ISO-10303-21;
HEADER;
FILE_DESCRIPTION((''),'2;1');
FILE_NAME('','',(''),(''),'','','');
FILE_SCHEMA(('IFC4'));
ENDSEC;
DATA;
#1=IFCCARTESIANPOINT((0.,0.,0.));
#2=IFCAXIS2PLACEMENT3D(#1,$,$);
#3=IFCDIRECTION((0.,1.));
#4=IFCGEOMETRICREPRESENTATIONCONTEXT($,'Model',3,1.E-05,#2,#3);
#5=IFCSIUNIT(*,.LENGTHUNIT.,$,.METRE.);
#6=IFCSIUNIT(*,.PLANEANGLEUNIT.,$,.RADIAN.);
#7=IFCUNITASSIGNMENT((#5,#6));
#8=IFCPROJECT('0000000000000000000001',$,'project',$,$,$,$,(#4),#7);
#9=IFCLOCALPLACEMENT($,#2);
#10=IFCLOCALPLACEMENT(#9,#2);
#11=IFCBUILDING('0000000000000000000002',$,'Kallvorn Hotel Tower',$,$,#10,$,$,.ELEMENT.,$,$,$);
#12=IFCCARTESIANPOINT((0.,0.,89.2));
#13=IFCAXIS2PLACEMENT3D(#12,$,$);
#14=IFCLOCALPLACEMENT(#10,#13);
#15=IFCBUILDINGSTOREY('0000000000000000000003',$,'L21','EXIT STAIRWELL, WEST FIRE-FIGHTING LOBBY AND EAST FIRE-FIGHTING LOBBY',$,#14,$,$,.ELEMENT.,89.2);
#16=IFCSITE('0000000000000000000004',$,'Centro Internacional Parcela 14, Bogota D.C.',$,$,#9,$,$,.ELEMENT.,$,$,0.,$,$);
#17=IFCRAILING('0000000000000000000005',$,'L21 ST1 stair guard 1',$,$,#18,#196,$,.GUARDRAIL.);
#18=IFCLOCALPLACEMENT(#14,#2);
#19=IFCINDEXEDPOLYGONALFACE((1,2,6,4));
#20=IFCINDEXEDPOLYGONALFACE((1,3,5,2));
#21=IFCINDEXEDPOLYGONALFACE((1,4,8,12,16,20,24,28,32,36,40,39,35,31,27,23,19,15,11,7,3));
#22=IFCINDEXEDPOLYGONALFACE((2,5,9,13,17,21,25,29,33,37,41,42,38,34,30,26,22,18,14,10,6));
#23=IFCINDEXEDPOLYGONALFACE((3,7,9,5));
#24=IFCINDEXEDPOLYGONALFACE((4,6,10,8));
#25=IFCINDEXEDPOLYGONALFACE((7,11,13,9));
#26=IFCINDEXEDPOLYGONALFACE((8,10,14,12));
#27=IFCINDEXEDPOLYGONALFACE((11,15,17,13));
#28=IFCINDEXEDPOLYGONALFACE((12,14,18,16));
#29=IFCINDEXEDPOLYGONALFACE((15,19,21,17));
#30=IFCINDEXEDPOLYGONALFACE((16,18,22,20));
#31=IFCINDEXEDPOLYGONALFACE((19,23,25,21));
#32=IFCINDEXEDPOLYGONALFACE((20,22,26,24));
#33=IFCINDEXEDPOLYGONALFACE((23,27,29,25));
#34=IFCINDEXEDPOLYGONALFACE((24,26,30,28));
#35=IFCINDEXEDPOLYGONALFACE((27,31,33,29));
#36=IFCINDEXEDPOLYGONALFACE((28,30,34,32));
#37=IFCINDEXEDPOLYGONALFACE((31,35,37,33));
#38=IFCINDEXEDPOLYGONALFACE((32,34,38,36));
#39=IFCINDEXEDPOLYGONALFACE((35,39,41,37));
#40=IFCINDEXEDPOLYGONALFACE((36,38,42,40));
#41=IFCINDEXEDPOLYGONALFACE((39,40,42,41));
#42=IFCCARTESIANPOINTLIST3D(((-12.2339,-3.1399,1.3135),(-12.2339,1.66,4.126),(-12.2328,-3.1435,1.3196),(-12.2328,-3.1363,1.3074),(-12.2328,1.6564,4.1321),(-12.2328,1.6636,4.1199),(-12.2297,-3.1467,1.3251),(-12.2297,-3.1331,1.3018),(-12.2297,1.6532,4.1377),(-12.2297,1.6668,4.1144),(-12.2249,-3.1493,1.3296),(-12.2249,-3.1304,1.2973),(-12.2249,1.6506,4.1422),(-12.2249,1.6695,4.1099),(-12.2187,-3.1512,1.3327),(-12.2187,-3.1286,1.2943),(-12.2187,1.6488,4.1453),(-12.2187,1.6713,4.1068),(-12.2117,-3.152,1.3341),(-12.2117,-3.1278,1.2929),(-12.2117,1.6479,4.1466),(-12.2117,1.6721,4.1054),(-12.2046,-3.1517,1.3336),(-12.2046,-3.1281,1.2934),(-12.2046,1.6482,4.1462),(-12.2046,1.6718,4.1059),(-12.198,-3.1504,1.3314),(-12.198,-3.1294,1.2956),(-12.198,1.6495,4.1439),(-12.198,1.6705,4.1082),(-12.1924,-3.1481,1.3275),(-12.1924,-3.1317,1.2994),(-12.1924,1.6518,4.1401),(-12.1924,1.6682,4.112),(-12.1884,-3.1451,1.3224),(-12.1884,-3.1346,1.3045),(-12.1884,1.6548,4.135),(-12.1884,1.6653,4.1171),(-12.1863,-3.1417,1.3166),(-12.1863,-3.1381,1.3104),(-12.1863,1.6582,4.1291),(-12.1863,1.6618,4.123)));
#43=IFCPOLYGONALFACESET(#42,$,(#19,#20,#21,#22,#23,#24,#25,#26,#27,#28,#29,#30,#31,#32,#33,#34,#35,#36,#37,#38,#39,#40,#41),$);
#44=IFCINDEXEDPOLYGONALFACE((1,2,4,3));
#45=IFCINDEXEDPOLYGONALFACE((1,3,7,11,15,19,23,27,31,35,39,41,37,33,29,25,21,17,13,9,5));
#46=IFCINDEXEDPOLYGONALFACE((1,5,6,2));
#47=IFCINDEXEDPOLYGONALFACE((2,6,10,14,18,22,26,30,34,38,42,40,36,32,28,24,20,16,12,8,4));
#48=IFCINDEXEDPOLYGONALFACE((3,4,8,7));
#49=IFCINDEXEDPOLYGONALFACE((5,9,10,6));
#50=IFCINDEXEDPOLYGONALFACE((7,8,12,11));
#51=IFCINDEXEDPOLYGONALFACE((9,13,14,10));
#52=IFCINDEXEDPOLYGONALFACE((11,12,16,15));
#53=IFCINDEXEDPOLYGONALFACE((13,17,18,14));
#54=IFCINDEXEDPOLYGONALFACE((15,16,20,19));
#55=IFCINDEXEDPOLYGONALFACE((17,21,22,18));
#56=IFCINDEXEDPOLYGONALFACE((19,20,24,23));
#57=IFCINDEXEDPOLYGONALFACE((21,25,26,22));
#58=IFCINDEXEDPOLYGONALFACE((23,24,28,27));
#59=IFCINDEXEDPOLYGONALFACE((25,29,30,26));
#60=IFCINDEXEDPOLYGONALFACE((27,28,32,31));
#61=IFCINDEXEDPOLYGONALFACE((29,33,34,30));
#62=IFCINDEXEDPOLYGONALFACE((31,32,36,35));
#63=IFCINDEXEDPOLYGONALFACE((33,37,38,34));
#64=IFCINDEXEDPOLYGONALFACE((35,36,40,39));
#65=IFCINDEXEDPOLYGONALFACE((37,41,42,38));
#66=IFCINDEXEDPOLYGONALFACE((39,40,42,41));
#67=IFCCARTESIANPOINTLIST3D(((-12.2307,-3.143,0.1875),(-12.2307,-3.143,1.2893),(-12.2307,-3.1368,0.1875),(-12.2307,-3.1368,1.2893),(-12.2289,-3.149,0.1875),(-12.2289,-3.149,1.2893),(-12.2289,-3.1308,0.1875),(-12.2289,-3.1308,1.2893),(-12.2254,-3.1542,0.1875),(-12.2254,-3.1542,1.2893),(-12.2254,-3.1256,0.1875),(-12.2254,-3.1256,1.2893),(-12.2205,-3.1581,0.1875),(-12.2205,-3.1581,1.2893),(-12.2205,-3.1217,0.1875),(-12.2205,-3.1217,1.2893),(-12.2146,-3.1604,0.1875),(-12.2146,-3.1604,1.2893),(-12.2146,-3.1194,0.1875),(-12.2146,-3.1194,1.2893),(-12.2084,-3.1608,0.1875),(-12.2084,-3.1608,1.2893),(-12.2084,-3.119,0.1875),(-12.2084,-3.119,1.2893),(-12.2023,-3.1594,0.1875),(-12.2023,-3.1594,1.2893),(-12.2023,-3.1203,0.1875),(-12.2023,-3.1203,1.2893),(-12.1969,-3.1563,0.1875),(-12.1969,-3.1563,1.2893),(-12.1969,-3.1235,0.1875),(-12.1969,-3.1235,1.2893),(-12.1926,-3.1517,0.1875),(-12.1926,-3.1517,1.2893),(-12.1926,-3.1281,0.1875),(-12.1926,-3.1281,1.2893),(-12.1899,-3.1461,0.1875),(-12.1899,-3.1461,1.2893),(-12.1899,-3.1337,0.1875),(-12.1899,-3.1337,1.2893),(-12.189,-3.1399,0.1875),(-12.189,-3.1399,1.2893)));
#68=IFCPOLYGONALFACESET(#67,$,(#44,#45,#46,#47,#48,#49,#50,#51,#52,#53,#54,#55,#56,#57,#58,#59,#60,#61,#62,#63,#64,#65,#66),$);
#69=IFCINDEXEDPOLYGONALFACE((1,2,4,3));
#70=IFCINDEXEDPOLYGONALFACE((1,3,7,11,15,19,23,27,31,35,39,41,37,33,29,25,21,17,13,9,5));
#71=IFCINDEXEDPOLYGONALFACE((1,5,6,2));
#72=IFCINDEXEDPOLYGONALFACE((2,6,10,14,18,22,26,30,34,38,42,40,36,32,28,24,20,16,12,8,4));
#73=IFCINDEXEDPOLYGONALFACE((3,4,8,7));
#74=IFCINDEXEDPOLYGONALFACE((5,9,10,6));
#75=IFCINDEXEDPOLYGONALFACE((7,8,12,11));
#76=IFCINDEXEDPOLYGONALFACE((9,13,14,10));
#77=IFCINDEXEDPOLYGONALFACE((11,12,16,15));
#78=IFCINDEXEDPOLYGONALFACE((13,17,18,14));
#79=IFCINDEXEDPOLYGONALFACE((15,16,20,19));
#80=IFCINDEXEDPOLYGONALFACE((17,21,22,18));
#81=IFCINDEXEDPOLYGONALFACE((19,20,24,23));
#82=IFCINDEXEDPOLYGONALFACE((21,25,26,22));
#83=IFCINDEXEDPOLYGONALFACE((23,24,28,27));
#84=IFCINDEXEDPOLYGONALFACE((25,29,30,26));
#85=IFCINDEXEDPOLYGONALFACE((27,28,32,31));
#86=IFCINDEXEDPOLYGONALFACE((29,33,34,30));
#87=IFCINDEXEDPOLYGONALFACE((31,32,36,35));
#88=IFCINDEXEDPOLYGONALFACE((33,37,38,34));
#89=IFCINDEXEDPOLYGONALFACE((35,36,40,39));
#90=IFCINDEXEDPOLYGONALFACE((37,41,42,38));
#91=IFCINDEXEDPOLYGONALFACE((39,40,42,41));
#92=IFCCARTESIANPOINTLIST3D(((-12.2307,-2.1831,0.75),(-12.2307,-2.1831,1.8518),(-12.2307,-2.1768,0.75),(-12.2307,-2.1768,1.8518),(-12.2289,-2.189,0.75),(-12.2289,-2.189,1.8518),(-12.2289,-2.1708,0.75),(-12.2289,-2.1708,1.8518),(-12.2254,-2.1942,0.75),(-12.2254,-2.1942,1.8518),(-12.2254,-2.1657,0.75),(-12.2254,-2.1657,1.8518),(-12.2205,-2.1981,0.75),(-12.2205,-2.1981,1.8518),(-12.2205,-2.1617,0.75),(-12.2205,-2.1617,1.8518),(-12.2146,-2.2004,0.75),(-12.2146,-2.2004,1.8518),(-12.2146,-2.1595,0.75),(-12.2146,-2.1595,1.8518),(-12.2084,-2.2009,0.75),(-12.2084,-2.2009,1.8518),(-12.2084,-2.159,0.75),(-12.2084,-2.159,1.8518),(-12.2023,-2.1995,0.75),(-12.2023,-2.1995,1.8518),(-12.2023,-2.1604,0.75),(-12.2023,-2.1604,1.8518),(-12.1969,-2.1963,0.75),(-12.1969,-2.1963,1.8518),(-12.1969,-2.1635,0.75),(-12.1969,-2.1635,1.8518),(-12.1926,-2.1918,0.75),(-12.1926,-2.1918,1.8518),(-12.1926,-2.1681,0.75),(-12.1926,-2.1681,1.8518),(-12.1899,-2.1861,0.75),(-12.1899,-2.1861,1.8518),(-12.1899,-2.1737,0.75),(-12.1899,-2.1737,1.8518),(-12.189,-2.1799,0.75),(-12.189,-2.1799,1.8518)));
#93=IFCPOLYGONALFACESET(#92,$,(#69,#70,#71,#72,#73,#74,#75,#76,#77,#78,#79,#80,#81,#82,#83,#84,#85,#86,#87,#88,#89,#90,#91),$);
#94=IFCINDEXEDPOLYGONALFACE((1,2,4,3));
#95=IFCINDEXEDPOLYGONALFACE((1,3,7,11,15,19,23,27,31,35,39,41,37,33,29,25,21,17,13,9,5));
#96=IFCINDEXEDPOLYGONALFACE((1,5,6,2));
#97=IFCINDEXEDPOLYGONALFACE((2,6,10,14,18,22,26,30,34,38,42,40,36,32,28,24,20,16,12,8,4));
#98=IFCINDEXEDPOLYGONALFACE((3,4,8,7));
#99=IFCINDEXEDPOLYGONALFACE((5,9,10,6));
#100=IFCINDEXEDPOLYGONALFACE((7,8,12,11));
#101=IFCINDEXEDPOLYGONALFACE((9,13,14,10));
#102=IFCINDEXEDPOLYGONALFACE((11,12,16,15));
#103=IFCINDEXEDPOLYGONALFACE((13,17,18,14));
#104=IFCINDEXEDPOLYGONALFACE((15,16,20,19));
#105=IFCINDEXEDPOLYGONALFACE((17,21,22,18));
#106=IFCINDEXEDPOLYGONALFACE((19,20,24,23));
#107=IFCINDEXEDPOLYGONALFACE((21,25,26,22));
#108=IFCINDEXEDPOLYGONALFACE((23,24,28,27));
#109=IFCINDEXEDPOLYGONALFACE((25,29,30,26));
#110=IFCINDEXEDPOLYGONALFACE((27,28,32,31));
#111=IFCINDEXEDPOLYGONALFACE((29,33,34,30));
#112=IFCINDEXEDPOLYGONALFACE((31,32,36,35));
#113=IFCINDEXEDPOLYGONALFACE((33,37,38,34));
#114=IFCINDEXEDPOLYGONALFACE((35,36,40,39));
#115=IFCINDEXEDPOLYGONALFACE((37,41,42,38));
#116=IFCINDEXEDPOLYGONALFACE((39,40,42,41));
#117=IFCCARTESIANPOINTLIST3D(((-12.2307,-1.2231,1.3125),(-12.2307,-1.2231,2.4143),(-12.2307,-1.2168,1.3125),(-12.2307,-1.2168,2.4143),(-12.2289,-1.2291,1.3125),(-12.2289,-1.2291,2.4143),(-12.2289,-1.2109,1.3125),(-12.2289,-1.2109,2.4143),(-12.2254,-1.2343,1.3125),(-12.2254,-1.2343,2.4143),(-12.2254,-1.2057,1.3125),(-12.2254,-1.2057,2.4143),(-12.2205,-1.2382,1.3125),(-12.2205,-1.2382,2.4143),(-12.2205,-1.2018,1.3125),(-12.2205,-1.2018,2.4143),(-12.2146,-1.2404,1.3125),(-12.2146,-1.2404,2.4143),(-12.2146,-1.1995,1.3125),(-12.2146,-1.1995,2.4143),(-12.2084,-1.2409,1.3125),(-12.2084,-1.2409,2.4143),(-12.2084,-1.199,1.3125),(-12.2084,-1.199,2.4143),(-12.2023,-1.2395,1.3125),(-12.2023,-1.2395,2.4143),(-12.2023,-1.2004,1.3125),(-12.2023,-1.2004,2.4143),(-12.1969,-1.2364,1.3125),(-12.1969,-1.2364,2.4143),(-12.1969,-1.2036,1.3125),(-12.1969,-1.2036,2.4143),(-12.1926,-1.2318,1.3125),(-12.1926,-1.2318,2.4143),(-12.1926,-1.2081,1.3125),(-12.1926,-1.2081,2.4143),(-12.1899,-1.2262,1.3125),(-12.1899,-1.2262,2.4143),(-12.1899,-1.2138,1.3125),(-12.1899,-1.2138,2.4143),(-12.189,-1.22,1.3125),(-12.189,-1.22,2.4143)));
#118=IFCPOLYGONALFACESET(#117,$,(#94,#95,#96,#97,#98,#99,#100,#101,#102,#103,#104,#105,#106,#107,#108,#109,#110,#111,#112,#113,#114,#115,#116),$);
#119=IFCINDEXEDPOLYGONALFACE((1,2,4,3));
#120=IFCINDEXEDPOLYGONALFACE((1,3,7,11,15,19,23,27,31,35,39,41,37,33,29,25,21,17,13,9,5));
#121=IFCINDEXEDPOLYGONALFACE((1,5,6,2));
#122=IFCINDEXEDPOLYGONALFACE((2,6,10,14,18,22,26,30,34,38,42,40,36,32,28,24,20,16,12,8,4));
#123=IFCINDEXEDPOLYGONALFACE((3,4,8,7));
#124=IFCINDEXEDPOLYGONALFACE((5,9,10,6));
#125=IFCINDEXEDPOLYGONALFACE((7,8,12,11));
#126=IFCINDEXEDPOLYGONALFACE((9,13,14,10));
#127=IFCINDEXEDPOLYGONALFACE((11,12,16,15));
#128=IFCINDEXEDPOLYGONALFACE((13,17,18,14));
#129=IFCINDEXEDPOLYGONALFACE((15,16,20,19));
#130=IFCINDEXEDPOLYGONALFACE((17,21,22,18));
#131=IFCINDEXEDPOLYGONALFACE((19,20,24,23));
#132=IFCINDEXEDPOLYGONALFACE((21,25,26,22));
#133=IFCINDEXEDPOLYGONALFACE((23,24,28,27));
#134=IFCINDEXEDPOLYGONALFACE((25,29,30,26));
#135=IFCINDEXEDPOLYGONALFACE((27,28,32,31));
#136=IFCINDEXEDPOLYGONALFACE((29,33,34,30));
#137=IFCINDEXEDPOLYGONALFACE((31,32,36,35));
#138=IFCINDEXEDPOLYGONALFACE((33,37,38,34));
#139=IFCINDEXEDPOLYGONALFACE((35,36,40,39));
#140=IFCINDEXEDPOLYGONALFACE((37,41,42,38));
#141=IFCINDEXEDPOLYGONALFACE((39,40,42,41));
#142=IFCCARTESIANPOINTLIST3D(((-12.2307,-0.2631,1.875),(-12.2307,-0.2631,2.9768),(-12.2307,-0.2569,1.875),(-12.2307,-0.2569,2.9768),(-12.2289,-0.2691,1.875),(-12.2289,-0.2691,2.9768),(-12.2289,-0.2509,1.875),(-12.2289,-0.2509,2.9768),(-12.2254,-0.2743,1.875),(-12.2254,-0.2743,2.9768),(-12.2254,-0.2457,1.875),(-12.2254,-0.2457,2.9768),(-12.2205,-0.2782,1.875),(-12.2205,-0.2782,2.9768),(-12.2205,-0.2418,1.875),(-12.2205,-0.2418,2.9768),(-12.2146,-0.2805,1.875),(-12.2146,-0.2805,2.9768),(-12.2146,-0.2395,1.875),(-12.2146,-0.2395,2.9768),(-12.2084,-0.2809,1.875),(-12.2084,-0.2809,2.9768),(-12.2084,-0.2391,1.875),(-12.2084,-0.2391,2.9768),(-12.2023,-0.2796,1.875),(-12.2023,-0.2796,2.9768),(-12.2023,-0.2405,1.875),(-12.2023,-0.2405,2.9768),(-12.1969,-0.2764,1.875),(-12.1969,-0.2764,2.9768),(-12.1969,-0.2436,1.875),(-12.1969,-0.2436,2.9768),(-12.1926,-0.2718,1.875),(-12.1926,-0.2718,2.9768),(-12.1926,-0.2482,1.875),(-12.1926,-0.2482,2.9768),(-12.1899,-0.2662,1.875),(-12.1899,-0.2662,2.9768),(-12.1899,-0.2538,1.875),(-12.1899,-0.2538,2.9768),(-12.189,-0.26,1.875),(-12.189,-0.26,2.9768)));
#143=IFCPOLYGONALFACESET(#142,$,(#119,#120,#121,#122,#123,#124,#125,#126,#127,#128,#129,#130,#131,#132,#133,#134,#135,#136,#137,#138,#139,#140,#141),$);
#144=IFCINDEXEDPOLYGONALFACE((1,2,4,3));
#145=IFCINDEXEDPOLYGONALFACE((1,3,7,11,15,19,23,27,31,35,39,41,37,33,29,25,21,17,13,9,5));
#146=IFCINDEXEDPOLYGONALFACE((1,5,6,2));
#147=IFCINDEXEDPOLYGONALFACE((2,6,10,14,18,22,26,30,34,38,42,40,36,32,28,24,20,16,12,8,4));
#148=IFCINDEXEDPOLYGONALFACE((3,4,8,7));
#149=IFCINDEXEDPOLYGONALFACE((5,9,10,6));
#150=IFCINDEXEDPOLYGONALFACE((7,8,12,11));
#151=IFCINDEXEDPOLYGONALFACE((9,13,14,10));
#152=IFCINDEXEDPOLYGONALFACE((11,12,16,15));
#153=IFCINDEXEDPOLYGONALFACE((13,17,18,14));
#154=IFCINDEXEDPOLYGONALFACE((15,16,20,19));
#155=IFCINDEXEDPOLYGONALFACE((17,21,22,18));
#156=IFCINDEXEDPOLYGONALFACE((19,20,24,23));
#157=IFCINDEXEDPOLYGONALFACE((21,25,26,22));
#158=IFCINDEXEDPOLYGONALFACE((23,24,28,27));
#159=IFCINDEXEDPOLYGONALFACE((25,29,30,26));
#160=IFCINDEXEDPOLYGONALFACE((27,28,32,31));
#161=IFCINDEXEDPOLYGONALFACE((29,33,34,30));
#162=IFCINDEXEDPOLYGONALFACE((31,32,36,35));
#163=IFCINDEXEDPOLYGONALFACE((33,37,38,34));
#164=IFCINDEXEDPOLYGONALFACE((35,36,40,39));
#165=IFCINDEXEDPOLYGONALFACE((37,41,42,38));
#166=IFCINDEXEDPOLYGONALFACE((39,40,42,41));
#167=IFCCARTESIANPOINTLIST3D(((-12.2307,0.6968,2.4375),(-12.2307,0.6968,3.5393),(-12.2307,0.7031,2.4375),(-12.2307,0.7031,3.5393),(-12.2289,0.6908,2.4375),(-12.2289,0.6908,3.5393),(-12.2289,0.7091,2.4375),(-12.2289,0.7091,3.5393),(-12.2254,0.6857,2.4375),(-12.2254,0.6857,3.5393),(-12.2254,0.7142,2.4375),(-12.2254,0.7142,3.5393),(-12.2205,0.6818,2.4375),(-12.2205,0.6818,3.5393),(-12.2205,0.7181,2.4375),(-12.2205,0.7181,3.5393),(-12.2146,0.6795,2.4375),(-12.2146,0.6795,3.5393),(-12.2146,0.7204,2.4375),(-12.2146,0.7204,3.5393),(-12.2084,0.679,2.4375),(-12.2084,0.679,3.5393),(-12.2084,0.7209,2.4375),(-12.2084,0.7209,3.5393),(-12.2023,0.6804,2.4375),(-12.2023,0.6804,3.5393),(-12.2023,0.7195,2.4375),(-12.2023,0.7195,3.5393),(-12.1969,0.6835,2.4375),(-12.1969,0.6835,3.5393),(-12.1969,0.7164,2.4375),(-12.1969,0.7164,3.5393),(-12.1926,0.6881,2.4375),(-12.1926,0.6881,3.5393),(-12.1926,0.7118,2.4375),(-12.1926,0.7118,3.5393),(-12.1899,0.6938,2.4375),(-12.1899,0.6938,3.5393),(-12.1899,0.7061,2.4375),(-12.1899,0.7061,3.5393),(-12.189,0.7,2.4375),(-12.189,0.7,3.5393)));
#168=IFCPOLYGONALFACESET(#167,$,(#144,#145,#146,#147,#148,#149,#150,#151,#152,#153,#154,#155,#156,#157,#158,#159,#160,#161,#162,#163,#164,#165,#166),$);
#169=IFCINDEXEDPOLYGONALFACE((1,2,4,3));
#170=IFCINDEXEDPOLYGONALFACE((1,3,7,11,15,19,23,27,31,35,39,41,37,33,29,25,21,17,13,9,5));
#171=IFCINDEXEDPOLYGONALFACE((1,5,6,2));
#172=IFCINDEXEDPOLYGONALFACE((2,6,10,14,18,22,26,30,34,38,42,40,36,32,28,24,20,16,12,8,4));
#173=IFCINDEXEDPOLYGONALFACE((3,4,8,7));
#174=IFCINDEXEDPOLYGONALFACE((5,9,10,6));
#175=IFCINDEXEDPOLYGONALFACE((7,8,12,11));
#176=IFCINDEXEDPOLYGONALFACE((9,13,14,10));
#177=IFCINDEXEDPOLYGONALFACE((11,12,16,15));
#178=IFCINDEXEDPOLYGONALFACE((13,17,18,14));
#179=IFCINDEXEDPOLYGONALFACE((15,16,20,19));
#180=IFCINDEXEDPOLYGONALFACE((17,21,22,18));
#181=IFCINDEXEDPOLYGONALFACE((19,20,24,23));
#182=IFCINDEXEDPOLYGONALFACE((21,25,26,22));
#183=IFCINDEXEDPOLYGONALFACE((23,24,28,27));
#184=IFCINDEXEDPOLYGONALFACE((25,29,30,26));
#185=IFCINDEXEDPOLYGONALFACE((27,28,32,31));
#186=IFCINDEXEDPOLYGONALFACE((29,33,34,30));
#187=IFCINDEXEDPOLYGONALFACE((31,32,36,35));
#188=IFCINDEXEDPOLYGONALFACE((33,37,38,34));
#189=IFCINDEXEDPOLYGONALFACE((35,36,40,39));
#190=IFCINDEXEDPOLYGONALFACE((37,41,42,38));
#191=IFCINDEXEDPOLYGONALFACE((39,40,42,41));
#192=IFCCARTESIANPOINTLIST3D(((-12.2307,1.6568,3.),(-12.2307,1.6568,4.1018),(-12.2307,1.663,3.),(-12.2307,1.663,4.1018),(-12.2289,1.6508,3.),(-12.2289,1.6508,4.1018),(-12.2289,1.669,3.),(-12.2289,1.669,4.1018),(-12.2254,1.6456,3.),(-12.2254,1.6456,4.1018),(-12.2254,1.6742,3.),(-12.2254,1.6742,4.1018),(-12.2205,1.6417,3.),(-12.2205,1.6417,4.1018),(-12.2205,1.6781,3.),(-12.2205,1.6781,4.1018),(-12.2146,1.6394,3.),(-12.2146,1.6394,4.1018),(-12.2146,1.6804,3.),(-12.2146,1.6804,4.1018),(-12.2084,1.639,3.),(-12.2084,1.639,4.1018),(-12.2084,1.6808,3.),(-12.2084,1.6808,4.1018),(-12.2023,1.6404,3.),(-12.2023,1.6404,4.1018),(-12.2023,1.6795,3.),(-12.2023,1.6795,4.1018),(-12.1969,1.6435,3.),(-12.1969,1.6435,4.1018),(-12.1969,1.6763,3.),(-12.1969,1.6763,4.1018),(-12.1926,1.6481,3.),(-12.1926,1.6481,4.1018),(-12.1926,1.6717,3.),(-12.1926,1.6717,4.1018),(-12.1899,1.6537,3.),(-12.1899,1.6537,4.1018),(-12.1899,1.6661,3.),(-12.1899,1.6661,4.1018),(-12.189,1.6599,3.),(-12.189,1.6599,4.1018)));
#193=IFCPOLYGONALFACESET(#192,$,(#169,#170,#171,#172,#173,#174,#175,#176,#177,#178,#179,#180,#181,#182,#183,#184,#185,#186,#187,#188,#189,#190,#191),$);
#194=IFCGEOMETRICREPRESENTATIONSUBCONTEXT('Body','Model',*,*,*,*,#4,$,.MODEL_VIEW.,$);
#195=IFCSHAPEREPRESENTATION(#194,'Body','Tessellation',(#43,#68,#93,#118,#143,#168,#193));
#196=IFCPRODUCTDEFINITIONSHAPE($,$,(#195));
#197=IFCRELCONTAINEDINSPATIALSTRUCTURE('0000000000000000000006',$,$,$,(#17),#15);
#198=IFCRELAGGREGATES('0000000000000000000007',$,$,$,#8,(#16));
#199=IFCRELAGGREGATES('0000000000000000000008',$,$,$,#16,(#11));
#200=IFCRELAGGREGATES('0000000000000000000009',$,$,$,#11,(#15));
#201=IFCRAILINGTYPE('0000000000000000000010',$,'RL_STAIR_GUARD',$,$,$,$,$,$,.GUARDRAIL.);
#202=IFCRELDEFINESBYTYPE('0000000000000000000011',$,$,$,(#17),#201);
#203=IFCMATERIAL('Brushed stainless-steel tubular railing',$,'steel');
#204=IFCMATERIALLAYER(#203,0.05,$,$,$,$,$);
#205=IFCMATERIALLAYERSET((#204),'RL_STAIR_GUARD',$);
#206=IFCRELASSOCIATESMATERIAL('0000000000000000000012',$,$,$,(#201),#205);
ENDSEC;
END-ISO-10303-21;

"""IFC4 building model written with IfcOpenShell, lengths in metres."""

from ifc_helpers import new_model, si_unit, direction, frame, origin, origin_2d, place, context, subcontext, project, spatial, circle, extrude, material, layer, layer_set, type_object, element, save


model = new_model("IFC4")

# Units and contexts
model_context = context("Model", 3, precision=1e-05, world=origin(), true_north=direction((0.0, 1.0)))
body_context = subcontext(model_context, "Body", "Model", "MODEL_VIEW")
ifc_project = project(units=[si_unit("LENGTHUNIT", "METRE"), si_unit("PLANEANGLEUNIT", "RADIAN")], contexts=[model_context])

# Site, building, storey
site_placement = place(None, origin())
site = spatial("IfcSite", under=ifc_project, at=site_placement, Name="Centro Internacional Parcela 14, Bogota D.C.", CompositionType="ELEMENT", RefElevation=0.0)
building_placement = place(site_placement, origin())
building = spatial("IfcBuilding", under=site, at=building_placement, Name="Kallvorn Hotel Tower", CompositionType="ELEMENT")
storey_placement = place(building_placement, frame((0.0, 0.0, 89.2)))
storey = spatial("IfcBuildingStorey", under=building, at=storey_placement, Name="L21", Description="EXIT STAIRWELL, WEST FIRE-FIGHTING LOBBY AND EAST FIRE-FIGHTING LOBBY", CompositionType="ELEMENT", Elevation=89.2)

# Railing
ifc_material_1 = material(Name="Brushed stainless-steel tubular railing", Category="steel")
ifc_layer_1 = layer(ifc_material_1, 0.05)
ifc_layer_set_1 = layer_set([ifc_layer_1], Name="RL_STAIR_GUARD")
railing_type_1 = type_object("IfcRailingType", Name="RL_STAIR_GUARD", PredefinedType="GUARDRAIL", material=ifc_layer_set_1)
railing_1_placement = place(storey_placement, frame((-12.21, -3.1399, 0.1875)))
element("IfcRailing", 1, at=railing_1_placement, inside=storey, type_object=railing_type_1, Name="L21 ST1 stair guard 1", PredefinedType="GUARDRAIL", context=body_context, shape_type="SweptSolid", body=[
    extrude(circle(Radius=0.0239, at=origin_2d()), frame((0.0, 0.0, 1.126), z_axis=(0.0, 0.86279, 0.505562), x_axis=(-1.0, 0.0, 0.0)), (0.0, 0.0, 1.0), 5.5632),
    extrude(circle(Radius=0.021, at=origin_2d()), origin(), (0.0, 0.0, 1.0), 1.1018),
    extrude(circle(Radius=0.021, at=origin_2d()), frame((0.0, 0.96, 0.5625)), (0.0, 0.0, 1.0), 1.1018),
    extrude(circle(Radius=0.021, at=origin_2d()), frame((0.0, 1.9199, 1.125)), (0.0, 0.0, 1.0), 1.1018),
    extrude(circle(Radius=0.021, at=origin_2d()), frame((0.0, 2.8799, 1.6875)), (0.0, 0.0, 1.0), 1.1018),
    extrude(circle(Radius=0.021, at=origin_2d()), frame((0.0, 3.8398, 2.25)), (0.0, 0.0, 1.0), 1.1018),
    extrude(circle(Radius=0.021, at=origin_2d()), frame((0.0, 4.7998, 2.8125)), (0.0, 0.0, 1.0), 1.1018),
])

save(model, "model.ifc")
